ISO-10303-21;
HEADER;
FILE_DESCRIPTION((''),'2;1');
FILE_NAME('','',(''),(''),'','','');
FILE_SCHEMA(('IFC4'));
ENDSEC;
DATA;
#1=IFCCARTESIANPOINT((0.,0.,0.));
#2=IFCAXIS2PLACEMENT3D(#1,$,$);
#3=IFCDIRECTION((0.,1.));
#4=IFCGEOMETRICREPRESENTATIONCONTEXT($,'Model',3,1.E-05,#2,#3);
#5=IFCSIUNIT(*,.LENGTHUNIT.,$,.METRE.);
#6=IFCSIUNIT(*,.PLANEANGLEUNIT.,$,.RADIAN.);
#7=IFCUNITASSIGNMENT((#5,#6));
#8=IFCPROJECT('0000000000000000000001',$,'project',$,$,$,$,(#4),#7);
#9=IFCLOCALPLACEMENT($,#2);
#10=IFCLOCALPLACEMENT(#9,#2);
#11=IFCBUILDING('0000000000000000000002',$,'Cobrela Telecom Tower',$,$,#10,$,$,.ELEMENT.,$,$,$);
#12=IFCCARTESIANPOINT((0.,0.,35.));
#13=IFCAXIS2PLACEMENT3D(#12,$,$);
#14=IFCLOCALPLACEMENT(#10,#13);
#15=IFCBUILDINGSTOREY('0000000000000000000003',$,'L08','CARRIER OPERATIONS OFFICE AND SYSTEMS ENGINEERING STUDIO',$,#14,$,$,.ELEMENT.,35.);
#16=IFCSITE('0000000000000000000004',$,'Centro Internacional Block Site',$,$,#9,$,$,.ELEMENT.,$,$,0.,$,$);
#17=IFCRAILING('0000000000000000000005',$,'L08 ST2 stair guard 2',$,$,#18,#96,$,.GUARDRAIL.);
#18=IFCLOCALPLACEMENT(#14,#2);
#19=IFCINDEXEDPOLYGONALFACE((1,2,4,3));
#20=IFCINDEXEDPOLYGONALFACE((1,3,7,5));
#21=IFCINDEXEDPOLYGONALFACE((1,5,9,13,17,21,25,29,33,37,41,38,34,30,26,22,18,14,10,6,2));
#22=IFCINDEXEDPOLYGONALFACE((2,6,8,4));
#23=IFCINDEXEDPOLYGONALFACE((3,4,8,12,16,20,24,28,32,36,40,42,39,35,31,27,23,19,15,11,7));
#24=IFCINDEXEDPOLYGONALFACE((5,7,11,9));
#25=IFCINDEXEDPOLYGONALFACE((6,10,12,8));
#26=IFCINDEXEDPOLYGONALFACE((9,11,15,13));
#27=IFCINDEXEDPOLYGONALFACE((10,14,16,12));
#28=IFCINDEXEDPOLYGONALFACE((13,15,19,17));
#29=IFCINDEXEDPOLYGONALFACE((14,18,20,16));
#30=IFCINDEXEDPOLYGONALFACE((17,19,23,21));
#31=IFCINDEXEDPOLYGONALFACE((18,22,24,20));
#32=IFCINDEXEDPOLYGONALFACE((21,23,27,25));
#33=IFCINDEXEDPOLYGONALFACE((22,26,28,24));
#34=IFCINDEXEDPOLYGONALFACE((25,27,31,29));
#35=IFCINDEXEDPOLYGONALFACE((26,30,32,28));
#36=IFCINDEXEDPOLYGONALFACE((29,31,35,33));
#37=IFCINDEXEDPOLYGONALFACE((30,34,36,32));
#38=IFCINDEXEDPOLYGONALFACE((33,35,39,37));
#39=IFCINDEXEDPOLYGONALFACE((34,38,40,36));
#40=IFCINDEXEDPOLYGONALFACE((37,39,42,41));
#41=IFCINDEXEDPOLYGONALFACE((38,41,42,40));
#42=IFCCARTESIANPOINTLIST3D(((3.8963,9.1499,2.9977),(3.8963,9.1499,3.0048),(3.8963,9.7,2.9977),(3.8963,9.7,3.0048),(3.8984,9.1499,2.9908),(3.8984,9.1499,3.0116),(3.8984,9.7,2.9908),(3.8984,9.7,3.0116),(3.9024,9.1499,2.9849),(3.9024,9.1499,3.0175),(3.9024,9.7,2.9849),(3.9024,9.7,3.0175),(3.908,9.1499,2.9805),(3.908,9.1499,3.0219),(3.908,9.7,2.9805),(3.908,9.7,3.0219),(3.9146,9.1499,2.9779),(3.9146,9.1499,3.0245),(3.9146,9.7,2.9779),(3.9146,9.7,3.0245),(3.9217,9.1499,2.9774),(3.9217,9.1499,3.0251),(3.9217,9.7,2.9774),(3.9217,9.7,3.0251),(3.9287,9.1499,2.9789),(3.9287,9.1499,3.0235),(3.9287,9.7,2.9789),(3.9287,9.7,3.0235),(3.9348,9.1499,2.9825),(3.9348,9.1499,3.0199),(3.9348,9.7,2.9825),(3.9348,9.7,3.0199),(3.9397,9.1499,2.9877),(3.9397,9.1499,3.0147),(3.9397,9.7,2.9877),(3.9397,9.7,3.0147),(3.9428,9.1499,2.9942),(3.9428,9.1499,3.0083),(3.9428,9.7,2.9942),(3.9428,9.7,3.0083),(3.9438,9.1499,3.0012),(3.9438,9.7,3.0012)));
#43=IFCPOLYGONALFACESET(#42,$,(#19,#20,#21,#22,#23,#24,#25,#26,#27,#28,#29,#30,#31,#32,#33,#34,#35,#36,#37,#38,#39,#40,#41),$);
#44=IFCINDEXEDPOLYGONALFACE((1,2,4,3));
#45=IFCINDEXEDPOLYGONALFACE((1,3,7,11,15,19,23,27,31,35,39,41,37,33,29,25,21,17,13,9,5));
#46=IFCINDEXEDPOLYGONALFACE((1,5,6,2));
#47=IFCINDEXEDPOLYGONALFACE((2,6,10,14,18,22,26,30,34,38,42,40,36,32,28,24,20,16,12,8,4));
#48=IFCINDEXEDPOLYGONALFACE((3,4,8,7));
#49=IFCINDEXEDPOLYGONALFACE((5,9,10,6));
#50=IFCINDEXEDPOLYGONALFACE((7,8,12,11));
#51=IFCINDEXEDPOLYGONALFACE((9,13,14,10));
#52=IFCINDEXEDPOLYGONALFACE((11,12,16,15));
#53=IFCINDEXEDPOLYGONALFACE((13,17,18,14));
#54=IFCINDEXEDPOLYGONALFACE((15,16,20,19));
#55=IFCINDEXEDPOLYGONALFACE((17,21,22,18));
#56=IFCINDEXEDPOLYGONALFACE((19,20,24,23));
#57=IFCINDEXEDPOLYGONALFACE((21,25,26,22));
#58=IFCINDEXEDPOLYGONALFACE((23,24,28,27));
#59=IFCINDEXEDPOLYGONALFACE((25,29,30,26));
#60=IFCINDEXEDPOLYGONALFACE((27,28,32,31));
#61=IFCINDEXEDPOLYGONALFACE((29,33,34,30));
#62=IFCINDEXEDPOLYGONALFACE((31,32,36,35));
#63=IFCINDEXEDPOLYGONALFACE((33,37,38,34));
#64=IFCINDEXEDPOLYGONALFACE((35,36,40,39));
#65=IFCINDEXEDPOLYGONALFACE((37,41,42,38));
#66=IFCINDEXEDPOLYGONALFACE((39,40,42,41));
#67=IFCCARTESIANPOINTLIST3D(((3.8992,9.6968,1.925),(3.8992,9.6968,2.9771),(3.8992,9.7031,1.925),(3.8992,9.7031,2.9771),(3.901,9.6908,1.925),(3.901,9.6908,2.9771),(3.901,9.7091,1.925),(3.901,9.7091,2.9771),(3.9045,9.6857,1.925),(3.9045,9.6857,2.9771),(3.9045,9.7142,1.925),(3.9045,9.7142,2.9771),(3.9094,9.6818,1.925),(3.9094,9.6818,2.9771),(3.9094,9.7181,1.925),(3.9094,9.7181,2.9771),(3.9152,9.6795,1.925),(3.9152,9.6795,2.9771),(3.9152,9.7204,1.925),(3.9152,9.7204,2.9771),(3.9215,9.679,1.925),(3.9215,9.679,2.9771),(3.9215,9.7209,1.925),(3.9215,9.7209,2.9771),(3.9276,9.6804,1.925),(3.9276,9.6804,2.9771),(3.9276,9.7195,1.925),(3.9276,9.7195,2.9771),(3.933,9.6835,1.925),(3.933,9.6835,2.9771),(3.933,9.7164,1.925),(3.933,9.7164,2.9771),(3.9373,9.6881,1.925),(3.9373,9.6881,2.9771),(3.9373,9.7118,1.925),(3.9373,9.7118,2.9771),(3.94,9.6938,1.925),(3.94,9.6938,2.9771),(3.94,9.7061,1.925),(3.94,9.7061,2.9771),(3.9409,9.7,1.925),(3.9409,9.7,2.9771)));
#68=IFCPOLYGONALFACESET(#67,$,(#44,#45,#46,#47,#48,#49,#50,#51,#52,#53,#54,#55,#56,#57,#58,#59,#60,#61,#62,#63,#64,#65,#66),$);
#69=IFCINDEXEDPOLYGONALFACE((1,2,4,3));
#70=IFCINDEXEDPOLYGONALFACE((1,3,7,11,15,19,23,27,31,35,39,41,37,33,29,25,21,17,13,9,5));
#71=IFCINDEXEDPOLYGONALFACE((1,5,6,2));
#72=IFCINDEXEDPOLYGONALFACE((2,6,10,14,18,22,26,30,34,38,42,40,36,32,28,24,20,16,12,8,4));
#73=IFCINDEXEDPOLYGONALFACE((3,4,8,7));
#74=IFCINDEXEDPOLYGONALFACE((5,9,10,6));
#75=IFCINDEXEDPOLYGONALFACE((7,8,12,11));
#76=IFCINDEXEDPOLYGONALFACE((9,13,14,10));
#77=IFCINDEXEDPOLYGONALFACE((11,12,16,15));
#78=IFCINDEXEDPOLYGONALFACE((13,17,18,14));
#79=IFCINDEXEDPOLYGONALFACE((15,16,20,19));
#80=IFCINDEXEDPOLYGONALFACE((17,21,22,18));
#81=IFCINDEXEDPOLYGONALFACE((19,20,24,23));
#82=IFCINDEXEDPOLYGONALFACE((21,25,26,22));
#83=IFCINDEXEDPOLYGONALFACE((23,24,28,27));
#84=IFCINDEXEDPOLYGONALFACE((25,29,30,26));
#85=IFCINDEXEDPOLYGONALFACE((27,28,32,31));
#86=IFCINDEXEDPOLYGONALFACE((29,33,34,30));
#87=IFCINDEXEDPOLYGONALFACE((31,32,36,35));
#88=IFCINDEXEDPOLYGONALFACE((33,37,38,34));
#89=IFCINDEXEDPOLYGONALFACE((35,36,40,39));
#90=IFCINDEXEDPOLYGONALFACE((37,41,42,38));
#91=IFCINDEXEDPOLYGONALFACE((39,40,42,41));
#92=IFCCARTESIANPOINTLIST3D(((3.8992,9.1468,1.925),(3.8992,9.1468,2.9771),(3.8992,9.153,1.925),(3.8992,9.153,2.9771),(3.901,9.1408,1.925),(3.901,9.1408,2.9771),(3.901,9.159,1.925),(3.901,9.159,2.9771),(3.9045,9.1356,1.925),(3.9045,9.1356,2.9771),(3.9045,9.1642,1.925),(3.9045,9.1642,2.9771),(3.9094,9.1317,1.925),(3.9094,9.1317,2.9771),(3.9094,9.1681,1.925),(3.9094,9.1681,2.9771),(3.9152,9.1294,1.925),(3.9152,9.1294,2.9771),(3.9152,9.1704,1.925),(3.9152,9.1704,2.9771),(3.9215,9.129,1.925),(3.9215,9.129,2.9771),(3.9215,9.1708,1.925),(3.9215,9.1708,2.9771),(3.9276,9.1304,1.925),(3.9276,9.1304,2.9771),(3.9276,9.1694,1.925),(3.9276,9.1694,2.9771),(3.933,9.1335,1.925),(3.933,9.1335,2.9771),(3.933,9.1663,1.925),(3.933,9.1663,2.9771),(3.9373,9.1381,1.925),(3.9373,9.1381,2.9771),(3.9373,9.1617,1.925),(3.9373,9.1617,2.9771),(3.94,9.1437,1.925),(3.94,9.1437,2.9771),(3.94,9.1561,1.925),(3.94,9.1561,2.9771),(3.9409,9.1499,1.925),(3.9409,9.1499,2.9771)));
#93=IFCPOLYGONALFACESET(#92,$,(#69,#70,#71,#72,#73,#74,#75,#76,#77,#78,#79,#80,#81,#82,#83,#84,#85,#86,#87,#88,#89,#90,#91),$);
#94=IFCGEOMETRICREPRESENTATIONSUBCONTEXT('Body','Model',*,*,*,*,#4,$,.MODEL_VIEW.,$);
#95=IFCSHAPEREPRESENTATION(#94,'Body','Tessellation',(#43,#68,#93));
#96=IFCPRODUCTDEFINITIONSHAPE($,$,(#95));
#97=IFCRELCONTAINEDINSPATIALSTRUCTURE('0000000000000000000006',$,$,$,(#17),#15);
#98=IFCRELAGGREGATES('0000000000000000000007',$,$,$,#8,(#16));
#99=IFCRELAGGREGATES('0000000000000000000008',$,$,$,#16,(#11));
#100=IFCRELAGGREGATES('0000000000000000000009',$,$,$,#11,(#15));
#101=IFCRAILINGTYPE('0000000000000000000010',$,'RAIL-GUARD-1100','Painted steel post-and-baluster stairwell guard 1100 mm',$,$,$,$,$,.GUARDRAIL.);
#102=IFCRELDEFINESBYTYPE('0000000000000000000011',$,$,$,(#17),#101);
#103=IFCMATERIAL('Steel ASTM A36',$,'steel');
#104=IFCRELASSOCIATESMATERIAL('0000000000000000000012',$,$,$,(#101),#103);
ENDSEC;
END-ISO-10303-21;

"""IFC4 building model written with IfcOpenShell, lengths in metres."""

from ifc_helpers import new_model, si_unit, direction, frame, origin, origin_2d, place, context, subcontext, project, spatial, circle, extrude, material, type_object, element, save


model = new_model("IFC4")

# Units and contexts
model_context = context("Model", 3, precision=1e-05, world=origin(), true_north=direction((0.0, 1.0)))
body_context = subcontext(model_context, "Body", "Model", "MODEL_VIEW")
ifc_project = project(units=[si_unit("LENGTHUNIT", "METRE"), si_unit("PLANEANGLEUNIT", "RADIAN")], contexts=[model_context])

# Site, building, storey
site_placement = place(None, origin())
site = spatial("IfcSite", under=ifc_project, at=site_placement, Name="Centro Internacional Block Site", CompositionType="ELEMENT", RefElevation=0.0)
building_placement = place(site_placement, origin())
building = spatial("IfcBuilding", under=site, at=building_placement, Name="Cobrela Telecom Tower", CompositionType="ELEMENT")
storey_placement = place(building_placement, frame((0.0, 0.0, 35.0)))
storey = spatial("IfcBuildingStorey", under=building, at=storey_placement, Name="L08", Description="CARRIER OPERATIONS OFFICE AND SYSTEMS ENGINEERING STUDIO", CompositionType="ELEMENT", Elevation=35.0)

# Railing
ifc_material_1 = material(Name="Steel ASTM A36", Category="steel")
railing_type_1 = type_object("IfcRailingType", Name="RAIL-GUARD-1100", Description="Painted steel post-and-baluster stairwell guard 1100 mm", PredefinedType="GUARDRAIL", material=ifc_material_1)
railing_1_placement = place(storey_placement, frame((3.9199, 9.7, 1.925)))
element("IfcRailing", 1, at=railing_1_placement, inside=storey, type_object=railing_type_1, Name="L08 ST2 stair guard 2", PredefinedType="GUARDRAIL", context=body_context, shape_type="SweptSolid", body=[
    extrude(circle(Radius=0.0239, at=origin_2d()), frame((0.0, 0.0, 1.0762), z_axis=(0.0, -1.0, 0.0), x_axis=(1.0, 0.0, 0.0)), (0.0, 0.0, 1.0), 0.55),
    extrude(circle(Radius=0.021, at=origin_2d()), origin(), (0.0, 0.0, 1.0), 1.052),
    extrude(circle(Radius=0.021, at=origin_2d()), frame((0.0, -0.55, 0.0)), (0.0, 0.0, 1.0), 1.052),
])

save(model, "model.ifc")
